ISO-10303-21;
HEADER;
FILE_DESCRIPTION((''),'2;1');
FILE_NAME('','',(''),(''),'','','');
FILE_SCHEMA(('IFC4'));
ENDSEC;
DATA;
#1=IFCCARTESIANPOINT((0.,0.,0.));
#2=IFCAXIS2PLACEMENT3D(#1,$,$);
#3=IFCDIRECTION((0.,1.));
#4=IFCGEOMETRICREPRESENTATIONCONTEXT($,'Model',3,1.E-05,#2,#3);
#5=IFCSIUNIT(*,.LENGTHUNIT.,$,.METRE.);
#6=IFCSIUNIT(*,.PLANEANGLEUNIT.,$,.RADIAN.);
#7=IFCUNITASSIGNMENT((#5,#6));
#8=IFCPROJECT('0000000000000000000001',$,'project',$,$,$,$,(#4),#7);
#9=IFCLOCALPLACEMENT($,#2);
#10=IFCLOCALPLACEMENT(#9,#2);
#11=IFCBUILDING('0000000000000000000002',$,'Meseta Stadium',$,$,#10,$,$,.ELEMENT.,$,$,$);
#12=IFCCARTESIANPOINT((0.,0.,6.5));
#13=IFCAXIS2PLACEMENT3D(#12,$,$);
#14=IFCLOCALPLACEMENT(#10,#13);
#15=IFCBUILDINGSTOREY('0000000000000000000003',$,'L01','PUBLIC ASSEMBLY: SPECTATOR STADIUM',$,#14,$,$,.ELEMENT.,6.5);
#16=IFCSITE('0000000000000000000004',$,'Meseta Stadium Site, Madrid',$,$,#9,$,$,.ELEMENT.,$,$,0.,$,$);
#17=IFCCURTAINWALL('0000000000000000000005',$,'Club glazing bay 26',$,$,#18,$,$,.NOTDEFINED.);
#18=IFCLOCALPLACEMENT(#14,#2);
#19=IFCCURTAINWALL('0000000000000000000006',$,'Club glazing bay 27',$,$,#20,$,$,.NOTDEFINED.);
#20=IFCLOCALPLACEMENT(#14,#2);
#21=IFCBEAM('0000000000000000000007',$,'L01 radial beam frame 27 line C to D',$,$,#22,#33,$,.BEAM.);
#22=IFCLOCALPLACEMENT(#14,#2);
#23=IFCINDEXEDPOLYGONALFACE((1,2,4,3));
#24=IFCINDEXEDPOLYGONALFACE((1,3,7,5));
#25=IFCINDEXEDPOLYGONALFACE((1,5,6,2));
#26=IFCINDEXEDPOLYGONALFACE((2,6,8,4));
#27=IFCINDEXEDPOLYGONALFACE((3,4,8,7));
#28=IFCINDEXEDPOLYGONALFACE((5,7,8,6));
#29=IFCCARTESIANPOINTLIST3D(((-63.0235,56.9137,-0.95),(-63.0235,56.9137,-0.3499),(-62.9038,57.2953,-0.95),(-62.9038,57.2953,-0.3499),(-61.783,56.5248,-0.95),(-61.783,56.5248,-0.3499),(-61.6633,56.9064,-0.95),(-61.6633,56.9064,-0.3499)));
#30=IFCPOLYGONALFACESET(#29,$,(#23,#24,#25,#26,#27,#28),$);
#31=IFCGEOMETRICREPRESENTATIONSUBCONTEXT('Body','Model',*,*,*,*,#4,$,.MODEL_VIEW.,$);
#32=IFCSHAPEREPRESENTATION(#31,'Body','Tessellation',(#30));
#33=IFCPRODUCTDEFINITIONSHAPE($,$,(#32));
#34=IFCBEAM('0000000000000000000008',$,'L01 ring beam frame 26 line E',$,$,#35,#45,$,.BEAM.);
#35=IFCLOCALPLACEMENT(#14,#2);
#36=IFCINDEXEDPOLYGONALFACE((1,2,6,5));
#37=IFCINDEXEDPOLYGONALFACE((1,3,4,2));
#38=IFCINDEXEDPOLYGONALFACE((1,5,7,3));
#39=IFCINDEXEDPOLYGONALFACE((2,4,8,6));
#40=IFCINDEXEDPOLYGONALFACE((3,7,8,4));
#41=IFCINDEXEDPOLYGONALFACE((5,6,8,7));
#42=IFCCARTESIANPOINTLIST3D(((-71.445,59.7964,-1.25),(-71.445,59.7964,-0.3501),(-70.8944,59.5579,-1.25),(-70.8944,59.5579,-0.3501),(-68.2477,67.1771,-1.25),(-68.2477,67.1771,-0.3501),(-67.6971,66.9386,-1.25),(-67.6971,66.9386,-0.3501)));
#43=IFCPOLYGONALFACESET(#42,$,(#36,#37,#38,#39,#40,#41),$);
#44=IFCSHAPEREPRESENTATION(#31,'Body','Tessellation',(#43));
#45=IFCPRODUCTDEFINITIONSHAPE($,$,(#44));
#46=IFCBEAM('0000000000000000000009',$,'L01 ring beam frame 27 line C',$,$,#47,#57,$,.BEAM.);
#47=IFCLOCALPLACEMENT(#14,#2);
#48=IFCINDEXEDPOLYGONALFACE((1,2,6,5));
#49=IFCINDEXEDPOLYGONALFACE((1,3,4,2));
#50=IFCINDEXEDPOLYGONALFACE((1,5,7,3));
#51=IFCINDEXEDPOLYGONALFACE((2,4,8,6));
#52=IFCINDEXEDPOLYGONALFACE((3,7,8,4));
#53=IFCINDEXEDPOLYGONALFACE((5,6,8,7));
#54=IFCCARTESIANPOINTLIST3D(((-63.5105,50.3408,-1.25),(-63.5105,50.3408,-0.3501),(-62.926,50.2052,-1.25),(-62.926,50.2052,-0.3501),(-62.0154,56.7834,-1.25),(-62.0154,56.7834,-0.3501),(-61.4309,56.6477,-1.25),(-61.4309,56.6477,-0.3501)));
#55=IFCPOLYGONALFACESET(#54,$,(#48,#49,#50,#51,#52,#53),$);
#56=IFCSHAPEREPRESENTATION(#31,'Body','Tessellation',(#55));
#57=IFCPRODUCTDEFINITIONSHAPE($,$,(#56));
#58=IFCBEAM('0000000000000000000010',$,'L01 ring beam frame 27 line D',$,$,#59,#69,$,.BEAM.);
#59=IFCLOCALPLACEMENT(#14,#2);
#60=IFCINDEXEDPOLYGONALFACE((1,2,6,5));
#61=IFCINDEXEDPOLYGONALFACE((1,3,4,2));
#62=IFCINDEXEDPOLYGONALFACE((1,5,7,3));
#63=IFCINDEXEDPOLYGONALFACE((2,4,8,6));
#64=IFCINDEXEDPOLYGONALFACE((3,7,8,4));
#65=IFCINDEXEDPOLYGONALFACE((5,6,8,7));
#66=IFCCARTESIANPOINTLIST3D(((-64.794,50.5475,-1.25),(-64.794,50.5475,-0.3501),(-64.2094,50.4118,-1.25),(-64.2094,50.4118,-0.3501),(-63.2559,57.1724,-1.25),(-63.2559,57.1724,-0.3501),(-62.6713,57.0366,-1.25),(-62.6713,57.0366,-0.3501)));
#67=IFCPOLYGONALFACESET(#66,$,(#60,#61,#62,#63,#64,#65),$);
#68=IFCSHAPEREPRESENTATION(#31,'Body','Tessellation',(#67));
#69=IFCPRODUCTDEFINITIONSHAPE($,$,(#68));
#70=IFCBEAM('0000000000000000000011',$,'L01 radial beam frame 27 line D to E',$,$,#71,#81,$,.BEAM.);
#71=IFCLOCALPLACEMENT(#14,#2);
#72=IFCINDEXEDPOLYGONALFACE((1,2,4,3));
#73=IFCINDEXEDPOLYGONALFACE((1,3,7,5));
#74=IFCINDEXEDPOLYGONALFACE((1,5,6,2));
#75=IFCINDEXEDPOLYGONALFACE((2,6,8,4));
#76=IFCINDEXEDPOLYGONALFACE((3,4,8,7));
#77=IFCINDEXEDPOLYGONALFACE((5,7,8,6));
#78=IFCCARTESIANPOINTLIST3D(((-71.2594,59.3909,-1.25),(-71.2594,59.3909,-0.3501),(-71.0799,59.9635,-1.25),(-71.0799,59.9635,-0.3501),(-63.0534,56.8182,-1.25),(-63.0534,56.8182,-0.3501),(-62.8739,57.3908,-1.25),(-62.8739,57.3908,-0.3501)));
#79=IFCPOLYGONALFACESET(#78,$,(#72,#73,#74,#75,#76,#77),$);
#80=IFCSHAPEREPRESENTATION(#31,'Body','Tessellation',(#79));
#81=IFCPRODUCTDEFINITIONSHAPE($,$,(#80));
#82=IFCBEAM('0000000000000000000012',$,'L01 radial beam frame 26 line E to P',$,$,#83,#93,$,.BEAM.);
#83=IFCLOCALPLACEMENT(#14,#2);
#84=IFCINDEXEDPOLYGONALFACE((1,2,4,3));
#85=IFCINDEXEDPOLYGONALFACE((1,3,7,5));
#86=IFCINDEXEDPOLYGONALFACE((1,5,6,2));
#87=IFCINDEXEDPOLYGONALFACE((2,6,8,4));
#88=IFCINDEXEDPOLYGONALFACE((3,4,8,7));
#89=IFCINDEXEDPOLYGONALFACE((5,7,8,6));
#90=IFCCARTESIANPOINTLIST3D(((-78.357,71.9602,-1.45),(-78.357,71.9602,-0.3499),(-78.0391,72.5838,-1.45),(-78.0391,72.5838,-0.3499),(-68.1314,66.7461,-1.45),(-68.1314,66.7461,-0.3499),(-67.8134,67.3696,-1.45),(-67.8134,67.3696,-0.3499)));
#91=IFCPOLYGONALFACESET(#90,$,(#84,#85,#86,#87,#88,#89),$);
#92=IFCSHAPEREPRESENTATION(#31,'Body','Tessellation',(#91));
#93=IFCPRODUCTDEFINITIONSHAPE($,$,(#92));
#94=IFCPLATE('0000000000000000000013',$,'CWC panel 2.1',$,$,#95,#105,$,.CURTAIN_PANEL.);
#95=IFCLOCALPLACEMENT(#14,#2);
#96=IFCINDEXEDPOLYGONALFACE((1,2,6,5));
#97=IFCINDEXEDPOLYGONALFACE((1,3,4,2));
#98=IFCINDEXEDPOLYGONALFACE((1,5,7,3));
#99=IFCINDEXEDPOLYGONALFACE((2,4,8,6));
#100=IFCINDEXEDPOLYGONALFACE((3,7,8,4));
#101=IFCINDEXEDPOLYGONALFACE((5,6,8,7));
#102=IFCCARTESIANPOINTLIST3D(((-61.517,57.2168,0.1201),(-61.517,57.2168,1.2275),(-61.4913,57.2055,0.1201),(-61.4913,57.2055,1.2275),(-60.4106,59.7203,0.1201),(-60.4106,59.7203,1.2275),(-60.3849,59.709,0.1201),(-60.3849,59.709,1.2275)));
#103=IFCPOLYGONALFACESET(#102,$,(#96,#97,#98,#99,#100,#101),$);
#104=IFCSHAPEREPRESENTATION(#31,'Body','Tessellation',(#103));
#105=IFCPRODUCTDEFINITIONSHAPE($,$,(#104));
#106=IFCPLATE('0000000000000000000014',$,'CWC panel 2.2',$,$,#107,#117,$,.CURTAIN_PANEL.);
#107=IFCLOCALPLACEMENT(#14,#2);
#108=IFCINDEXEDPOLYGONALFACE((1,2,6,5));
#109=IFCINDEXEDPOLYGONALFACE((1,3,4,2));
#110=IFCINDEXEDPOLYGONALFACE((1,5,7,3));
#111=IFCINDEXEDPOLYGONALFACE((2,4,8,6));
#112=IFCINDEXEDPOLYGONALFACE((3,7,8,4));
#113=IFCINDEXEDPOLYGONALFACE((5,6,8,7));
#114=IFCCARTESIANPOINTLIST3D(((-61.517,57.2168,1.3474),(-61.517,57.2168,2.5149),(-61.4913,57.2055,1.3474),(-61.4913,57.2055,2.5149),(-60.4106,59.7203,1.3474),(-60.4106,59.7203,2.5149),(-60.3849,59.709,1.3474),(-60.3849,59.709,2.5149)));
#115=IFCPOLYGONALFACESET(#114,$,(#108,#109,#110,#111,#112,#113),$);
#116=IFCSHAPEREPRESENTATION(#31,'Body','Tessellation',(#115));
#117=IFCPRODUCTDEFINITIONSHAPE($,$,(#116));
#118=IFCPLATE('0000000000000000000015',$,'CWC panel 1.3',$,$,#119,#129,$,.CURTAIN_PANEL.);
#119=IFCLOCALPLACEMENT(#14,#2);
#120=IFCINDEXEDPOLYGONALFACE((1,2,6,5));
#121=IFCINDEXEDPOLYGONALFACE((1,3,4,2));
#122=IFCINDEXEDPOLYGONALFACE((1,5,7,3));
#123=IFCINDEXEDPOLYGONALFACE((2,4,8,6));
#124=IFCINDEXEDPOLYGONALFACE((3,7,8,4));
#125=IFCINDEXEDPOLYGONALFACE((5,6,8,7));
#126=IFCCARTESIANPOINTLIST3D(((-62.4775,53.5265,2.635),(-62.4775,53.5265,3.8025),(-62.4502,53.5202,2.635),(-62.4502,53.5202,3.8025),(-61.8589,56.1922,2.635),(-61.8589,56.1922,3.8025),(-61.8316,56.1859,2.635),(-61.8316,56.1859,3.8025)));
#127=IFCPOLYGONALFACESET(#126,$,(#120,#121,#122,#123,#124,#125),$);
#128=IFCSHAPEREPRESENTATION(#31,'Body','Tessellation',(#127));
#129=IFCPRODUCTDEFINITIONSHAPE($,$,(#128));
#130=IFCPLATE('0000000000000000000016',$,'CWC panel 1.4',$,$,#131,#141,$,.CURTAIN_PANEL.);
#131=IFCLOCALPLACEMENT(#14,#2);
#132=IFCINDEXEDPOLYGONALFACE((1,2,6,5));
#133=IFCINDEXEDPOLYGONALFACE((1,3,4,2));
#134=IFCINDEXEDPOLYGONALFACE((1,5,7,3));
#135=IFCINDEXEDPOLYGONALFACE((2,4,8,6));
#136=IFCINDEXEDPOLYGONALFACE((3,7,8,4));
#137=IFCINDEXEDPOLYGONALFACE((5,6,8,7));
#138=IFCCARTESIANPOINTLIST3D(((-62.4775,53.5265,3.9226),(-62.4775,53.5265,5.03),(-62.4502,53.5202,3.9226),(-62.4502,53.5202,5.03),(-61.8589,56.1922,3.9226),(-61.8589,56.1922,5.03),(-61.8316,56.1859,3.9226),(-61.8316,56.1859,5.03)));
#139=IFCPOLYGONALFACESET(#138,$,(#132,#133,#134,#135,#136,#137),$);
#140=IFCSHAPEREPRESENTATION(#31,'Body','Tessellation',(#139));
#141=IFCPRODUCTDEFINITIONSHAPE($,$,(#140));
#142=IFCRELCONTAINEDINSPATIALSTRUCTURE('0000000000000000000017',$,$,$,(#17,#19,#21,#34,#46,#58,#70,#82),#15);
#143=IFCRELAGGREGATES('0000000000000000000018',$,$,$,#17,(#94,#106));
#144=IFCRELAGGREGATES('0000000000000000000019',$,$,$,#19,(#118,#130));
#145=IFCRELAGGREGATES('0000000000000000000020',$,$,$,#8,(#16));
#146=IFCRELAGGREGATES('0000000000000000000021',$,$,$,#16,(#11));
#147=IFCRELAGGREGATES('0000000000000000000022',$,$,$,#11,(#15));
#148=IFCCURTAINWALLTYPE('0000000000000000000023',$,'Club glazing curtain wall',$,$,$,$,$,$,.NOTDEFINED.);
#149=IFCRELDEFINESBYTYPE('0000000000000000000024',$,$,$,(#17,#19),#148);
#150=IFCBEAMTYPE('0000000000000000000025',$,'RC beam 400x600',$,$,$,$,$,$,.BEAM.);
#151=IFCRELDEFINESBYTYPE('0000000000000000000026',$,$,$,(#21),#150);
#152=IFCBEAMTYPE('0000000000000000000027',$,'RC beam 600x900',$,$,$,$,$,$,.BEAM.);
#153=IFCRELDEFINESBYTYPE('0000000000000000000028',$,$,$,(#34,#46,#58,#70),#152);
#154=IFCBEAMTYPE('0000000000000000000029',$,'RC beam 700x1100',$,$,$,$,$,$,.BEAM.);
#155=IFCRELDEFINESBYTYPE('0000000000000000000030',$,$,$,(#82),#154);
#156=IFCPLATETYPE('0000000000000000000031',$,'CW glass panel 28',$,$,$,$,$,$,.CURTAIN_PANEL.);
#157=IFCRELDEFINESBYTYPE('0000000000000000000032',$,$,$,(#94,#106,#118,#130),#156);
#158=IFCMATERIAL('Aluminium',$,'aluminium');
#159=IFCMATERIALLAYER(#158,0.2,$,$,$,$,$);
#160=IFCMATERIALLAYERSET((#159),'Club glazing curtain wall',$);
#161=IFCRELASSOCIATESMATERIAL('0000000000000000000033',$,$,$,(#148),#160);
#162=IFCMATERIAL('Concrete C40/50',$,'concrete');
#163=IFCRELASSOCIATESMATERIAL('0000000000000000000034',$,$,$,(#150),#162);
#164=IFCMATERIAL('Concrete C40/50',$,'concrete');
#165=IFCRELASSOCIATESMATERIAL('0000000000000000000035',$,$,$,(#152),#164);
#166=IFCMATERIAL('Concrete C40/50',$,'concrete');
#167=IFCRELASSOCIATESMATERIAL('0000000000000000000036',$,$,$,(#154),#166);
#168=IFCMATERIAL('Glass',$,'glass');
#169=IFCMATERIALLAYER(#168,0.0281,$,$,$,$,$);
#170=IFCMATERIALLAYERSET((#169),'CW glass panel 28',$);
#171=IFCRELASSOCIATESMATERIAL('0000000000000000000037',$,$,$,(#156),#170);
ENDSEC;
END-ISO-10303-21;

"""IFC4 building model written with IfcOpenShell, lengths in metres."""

from ifc_helpers import new_model, si_unit, direction, frame, origin, origin_2d, place, context, subcontext, project, spatial, rectangle, extrude, material, layer, layer_set, material_profile, profile_set, type_object, element, aggregate, save


model = new_model("IFC4")

# Units and contexts
model_context = context("Model", 3, precision=1e-05, world=origin(), true_north=direction((0.0, 1.0)))
body_context = subcontext(model_context, "Body", "Model", "MODEL_VIEW")
ifc_project = project(units=[si_unit("LENGTHUNIT", "METRE"), si_unit("PLANEANGLEUNIT", "RADIAN")], contexts=[model_context])

# Site, building, storey
site_placement = place(None, origin())
site = spatial("IfcSite", under=ifc_project, at=site_placement, Name="Meseta Stadium Site, Madrid", CompositionType="ELEMENT", RefElevation=0.0)
building_placement = place(site_placement, origin())
building = spatial("IfcBuilding", under=site, at=building_placement, Name="Meseta Stadium", CompositionType="ELEMENT")
storey_placement = place(building_placement, frame((0.0, 0.0, 6.5)))
storey = spatial("IfcBuildingStorey", under=building, at=storey_placement, Name="L01", Description="PUBLIC ASSEMBLY: SPECTATOR STADIUM", CompositionType="ELEMENT", Elevation=6.5)

# Curtain wall
ifc_material_1 = material(Name="Aluminium", Category="aluminium")
ifc_layer_1 = layer(ifc_material_1, 0.2)
ifc_layer_set_1 = layer_set([ifc_layer_1], Name="Club glazing curtain wall")
curtain_wall_type = type_object("IfcCurtainWallType", Name="Club glazing curtain wall", PredefinedType="NOTDEFINED", material=ifc_layer_set_1)
curtain_wall_1_placement = place(storey_placement, origin())
curtain_wall_1 = element("IfcCurtainWall", 1, at=curtain_wall_1_placement, inside=storey, type_object=curtain_wall_type, Name="Club glazing bay 26", PredefinedType="NOTDEFINED")

# Curtain wall
curtain_wall_2_placement = place(storey_placement, origin())
curtain_wall_2 = element("IfcCurtainWall", 2, at=curtain_wall_2_placement, inside=storey, type_object=curtain_wall_type, Name="Club glazing bay 27", PredefinedType="NOTDEFINED")

# Beams
ifc_material_2 = material(Name="Concrete C40/50", Category="concrete")
ifc_material_profile_1 = material_profile(ifc_material_2, rectangle(XDim=0.3999, YDim=0.6001, at=origin_2d()), Name="RC 400x600")
ifc_profile_set_1 = profile_set([ifc_material_profile_1], Name="Concrete C40/50")
beam_type_1 = type_object("IfcBeamType", Name="RC beam 400x600", PredefinedType="BEAM", material=ifc_profile_set_1)
beam_1_placement = place(storey_placement, frame((-61.7231, 56.7156, -0.6499), z_axis=(-0.954202, 0.299162, 0.0), x_axis=(-0.299162, -0.954202, 0.0)))
element("IfcBeam", 3, at=beam_1_placement, inside=storey, type_object=beam_type_1, Name="L01 radial beam frame 27 line C to D", PredefinedType="BEAM", context=body_context, shape_type="SweptSolid", body=[
    extrude(rectangle(XDim=0.3999, YDim=0.6001, at=origin_2d()), origin(), (0.0, 0.0, 1.0), 1.3),
])
ifc_material_3 = material(Name="Concrete C40/50", Category="concrete")
ifc_material_profile_2 = material_profile(ifc_material_3, rectangle(XDim=0.6001, YDim=0.8999, at=origin_2d()), Name="RC 600x900")
ifc_profile_set_2 = profile_set([ifc_material_profile_2], Name="Concrete C40/50")
beam_type_2 = type_object("IfcBeamType", Name="RC beam 600x900", PredefinedType="BEAM", material=ifc_profile_set_2)
beam_2_placement = place(storey_placement, frame((-67.9724, 67.0579, -0.8), z_axis=(-0.397503, -0.917601, 0.0), x_axis=(0.917601, -0.397503, 0.0)))
element("IfcBeam", 4, at=beam_2_placement, inside=storey, type_object=beam_type_2, Name="L01 ring beam frame 26 line E", PredefinedType="BEAM", context=body_context, shape_type="SweptSolid", body=[
    extrude(rectangle(XDim=0.6001, YDim=0.8999, at=origin_2d()), origin(), (0.0, 0.0, 1.0), 8.0435),
])
beam_3_placement = place(storey_placement, frame((-61.7231, 56.7156, -0.8), z_axis=(-0.226059, -0.974114, 0.0), x_axis=(0.974114, -0.226059, 0.0)))
element("IfcBeam", 5, at=beam_3_placement, inside=storey, type_object=beam_type_2, Name="L01 ring beam frame 27 line C", PredefinedType="BEAM", context=body_context, shape_type="SweptSolid", body=[
    extrude(rectangle(XDim=0.6001, YDim=0.8999, at=origin_2d()), origin(), (0.0, 0.0, 1.0), 6.6138),
])
beam_4_placement = place(storey_placement, frame((-62.9636, 57.1045, -0.8), z_axis=(-0.226157, -0.974091, 0.0), x_axis=(0.974091, -0.226157, 0.0)))
element("IfcBeam", 6, at=beam_4_placement, inside=storey, type_object=beam_type_2, Name="L01 ring beam frame 27 line D", PredefinedType="BEAM", context=body_context, shape_type="SweptSolid", body=[
    extrude(rectangle(XDim=0.6001, YDim=0.8999, at=origin_2d()), origin(), (0.0, 0.0, 1.0), 6.801),
])
beam_5_placement = place(storey_placement, frame((-62.9636, 57.1045, -0.8), z_axis=(-0.954203, 0.299161, 0.0), x_axis=(-0.299161, -0.954203, 0.0)))
element("IfcBeam", 7, at=beam_5_placement, inside=storey, type_object=beam_type_2, Name="L01 radial beam frame 27 line D to E", PredefinedType="BEAM", context=body_context, shape_type="SweptSolid", body=[
    extrude(rectangle(XDim=0.6001, YDim=0.8999, at=origin_2d()), origin(), (0.0, 0.0, 1.0), 8.5999),
])
ifc_material_4 = material(Name="Concrete C40/50", Category="concrete")
ifc_material_profile_3 = material_profile(ifc_material_4, rectangle(XDim=0.7, YDim=1.1001, at=origin_2d()), Name="RC 700x1100")
ifc_profile_set_3 = profile_set([ifc_material_profile_3], Name="Concrete C40/50")
beam_type_3 = type_object("IfcBeamType", Name="RC beam 700x1100", PredefinedType="BEAM", material=ifc_profile_set_3)
beam_6_placement = place(storey_placement, frame((-67.9724, 67.0579, -0.8999), z_axis=(-0.890869, 0.454261, 0.0), x_axis=(-0.454261, -0.890869, 0.0)))
element("IfcBeam", 8, at=beam_6_placement, inside=storey, type_object=beam_type_3, Name="L01 radial beam frame 26 line E to P", PredefinedType="BEAM", context=body_context, shape_type="SweptSolid", body=[
    extrude(rectangle(XDim=0.7, YDim=1.1001, at=origin_2d()), origin(), (0.0, 0.0, 1.0), 11.4783),
])

# Plates
ifc_material_5 = material(Name="Glass", Category="glass")
ifc_layer_2 = layer(ifc_material_5, 0.0281)
ifc_layer_set_2 = layer_set([ifc_layer_2], Name="CW glass panel 28")
plate_type = type_object("IfcPlateType", Name="CW glass panel 28", PredefinedType="CURTAIN_PANEL", material=ifc_layer_set_2)
plate_1_placement = place(storey_placement, frame((-60.9509, 58.4629, 0.1201), z_axis=(0.0, 0.0, 1.0), x_axis=(-0.40423, -0.914657, 0.0)))
plate_1 = element("IfcPlate", 9, at=plate_1_placement, type_object=plate_type, Name="CWC panel 2.1", PredefinedType="CURTAIN_PANEL", context=body_context, shape_type="SweptSolid", body=[
    extrude(rectangle(XDim=2.7371, YDim=0.0281, at=origin_2d()), origin(), (0.0, 0.0, 1.0), 1.1074),
])
plate_2_placement = place(storey_placement, frame((-60.9509, 58.4629, 1.3474), z_axis=(0.0, 0.0, 1.0), x_axis=(-0.40423, -0.914657, 0.0)))
plate_2 = element("IfcPlate", 10, at=plate_2_placement, type_object=plate_type, Name="CWC panel 2.2", PredefinedType="CURTAIN_PANEL", context=body_context, shape_type="SweptSolid", body=[
    extrude(rectangle(XDim=2.7371, YDim=0.0281, at=origin_2d()), origin(), (0.0, 0.0, 1.0), 1.1675),
])
aggregate(curtain_wall_1, [plate_1, plate_2])
plate_3_placement = place(storey_placement, frame((-62.1545, 54.8562, 2.635), z_axis=(0.0, 0.0, 1.0), x_axis=(-0.226048, -0.974116, 0.0)))
plate_3 = element("IfcPlate", 11, at=plate_3_placement, type_object=plate_type, Name="CWC panel 1.3", PredefinedType="CURTAIN_PANEL", context=body_context, shape_type="SweptSolid", body=[
    extrude(rectangle(XDim=2.7366, YDim=0.0281, at=origin_2d()), origin(), (0.0, 0.0, 1.0), 1.1675),
])
plate_4_placement = place(storey_placement, frame((-62.1545, 54.8562, 3.9226), z_axis=(0.0, 0.0, 1.0), x_axis=(-0.226048, -0.974116, 0.0)))
plate_4 = element("IfcPlate", 12, at=plate_4_placement, type_object=plate_type, Name="CWC panel 1.4", PredefinedType="CURTAIN_PANEL", context=body_context, shape_type="SweptSolid", body=[
    extrude(rectangle(XDim=2.7366, YDim=0.0281, at=origin_2d()), origin(), (0.0, 0.0, 1.0), 1.1074),
])
aggregate(curtain_wall_2, [plate_3, plate_4])

save(model, "model.ifc")
